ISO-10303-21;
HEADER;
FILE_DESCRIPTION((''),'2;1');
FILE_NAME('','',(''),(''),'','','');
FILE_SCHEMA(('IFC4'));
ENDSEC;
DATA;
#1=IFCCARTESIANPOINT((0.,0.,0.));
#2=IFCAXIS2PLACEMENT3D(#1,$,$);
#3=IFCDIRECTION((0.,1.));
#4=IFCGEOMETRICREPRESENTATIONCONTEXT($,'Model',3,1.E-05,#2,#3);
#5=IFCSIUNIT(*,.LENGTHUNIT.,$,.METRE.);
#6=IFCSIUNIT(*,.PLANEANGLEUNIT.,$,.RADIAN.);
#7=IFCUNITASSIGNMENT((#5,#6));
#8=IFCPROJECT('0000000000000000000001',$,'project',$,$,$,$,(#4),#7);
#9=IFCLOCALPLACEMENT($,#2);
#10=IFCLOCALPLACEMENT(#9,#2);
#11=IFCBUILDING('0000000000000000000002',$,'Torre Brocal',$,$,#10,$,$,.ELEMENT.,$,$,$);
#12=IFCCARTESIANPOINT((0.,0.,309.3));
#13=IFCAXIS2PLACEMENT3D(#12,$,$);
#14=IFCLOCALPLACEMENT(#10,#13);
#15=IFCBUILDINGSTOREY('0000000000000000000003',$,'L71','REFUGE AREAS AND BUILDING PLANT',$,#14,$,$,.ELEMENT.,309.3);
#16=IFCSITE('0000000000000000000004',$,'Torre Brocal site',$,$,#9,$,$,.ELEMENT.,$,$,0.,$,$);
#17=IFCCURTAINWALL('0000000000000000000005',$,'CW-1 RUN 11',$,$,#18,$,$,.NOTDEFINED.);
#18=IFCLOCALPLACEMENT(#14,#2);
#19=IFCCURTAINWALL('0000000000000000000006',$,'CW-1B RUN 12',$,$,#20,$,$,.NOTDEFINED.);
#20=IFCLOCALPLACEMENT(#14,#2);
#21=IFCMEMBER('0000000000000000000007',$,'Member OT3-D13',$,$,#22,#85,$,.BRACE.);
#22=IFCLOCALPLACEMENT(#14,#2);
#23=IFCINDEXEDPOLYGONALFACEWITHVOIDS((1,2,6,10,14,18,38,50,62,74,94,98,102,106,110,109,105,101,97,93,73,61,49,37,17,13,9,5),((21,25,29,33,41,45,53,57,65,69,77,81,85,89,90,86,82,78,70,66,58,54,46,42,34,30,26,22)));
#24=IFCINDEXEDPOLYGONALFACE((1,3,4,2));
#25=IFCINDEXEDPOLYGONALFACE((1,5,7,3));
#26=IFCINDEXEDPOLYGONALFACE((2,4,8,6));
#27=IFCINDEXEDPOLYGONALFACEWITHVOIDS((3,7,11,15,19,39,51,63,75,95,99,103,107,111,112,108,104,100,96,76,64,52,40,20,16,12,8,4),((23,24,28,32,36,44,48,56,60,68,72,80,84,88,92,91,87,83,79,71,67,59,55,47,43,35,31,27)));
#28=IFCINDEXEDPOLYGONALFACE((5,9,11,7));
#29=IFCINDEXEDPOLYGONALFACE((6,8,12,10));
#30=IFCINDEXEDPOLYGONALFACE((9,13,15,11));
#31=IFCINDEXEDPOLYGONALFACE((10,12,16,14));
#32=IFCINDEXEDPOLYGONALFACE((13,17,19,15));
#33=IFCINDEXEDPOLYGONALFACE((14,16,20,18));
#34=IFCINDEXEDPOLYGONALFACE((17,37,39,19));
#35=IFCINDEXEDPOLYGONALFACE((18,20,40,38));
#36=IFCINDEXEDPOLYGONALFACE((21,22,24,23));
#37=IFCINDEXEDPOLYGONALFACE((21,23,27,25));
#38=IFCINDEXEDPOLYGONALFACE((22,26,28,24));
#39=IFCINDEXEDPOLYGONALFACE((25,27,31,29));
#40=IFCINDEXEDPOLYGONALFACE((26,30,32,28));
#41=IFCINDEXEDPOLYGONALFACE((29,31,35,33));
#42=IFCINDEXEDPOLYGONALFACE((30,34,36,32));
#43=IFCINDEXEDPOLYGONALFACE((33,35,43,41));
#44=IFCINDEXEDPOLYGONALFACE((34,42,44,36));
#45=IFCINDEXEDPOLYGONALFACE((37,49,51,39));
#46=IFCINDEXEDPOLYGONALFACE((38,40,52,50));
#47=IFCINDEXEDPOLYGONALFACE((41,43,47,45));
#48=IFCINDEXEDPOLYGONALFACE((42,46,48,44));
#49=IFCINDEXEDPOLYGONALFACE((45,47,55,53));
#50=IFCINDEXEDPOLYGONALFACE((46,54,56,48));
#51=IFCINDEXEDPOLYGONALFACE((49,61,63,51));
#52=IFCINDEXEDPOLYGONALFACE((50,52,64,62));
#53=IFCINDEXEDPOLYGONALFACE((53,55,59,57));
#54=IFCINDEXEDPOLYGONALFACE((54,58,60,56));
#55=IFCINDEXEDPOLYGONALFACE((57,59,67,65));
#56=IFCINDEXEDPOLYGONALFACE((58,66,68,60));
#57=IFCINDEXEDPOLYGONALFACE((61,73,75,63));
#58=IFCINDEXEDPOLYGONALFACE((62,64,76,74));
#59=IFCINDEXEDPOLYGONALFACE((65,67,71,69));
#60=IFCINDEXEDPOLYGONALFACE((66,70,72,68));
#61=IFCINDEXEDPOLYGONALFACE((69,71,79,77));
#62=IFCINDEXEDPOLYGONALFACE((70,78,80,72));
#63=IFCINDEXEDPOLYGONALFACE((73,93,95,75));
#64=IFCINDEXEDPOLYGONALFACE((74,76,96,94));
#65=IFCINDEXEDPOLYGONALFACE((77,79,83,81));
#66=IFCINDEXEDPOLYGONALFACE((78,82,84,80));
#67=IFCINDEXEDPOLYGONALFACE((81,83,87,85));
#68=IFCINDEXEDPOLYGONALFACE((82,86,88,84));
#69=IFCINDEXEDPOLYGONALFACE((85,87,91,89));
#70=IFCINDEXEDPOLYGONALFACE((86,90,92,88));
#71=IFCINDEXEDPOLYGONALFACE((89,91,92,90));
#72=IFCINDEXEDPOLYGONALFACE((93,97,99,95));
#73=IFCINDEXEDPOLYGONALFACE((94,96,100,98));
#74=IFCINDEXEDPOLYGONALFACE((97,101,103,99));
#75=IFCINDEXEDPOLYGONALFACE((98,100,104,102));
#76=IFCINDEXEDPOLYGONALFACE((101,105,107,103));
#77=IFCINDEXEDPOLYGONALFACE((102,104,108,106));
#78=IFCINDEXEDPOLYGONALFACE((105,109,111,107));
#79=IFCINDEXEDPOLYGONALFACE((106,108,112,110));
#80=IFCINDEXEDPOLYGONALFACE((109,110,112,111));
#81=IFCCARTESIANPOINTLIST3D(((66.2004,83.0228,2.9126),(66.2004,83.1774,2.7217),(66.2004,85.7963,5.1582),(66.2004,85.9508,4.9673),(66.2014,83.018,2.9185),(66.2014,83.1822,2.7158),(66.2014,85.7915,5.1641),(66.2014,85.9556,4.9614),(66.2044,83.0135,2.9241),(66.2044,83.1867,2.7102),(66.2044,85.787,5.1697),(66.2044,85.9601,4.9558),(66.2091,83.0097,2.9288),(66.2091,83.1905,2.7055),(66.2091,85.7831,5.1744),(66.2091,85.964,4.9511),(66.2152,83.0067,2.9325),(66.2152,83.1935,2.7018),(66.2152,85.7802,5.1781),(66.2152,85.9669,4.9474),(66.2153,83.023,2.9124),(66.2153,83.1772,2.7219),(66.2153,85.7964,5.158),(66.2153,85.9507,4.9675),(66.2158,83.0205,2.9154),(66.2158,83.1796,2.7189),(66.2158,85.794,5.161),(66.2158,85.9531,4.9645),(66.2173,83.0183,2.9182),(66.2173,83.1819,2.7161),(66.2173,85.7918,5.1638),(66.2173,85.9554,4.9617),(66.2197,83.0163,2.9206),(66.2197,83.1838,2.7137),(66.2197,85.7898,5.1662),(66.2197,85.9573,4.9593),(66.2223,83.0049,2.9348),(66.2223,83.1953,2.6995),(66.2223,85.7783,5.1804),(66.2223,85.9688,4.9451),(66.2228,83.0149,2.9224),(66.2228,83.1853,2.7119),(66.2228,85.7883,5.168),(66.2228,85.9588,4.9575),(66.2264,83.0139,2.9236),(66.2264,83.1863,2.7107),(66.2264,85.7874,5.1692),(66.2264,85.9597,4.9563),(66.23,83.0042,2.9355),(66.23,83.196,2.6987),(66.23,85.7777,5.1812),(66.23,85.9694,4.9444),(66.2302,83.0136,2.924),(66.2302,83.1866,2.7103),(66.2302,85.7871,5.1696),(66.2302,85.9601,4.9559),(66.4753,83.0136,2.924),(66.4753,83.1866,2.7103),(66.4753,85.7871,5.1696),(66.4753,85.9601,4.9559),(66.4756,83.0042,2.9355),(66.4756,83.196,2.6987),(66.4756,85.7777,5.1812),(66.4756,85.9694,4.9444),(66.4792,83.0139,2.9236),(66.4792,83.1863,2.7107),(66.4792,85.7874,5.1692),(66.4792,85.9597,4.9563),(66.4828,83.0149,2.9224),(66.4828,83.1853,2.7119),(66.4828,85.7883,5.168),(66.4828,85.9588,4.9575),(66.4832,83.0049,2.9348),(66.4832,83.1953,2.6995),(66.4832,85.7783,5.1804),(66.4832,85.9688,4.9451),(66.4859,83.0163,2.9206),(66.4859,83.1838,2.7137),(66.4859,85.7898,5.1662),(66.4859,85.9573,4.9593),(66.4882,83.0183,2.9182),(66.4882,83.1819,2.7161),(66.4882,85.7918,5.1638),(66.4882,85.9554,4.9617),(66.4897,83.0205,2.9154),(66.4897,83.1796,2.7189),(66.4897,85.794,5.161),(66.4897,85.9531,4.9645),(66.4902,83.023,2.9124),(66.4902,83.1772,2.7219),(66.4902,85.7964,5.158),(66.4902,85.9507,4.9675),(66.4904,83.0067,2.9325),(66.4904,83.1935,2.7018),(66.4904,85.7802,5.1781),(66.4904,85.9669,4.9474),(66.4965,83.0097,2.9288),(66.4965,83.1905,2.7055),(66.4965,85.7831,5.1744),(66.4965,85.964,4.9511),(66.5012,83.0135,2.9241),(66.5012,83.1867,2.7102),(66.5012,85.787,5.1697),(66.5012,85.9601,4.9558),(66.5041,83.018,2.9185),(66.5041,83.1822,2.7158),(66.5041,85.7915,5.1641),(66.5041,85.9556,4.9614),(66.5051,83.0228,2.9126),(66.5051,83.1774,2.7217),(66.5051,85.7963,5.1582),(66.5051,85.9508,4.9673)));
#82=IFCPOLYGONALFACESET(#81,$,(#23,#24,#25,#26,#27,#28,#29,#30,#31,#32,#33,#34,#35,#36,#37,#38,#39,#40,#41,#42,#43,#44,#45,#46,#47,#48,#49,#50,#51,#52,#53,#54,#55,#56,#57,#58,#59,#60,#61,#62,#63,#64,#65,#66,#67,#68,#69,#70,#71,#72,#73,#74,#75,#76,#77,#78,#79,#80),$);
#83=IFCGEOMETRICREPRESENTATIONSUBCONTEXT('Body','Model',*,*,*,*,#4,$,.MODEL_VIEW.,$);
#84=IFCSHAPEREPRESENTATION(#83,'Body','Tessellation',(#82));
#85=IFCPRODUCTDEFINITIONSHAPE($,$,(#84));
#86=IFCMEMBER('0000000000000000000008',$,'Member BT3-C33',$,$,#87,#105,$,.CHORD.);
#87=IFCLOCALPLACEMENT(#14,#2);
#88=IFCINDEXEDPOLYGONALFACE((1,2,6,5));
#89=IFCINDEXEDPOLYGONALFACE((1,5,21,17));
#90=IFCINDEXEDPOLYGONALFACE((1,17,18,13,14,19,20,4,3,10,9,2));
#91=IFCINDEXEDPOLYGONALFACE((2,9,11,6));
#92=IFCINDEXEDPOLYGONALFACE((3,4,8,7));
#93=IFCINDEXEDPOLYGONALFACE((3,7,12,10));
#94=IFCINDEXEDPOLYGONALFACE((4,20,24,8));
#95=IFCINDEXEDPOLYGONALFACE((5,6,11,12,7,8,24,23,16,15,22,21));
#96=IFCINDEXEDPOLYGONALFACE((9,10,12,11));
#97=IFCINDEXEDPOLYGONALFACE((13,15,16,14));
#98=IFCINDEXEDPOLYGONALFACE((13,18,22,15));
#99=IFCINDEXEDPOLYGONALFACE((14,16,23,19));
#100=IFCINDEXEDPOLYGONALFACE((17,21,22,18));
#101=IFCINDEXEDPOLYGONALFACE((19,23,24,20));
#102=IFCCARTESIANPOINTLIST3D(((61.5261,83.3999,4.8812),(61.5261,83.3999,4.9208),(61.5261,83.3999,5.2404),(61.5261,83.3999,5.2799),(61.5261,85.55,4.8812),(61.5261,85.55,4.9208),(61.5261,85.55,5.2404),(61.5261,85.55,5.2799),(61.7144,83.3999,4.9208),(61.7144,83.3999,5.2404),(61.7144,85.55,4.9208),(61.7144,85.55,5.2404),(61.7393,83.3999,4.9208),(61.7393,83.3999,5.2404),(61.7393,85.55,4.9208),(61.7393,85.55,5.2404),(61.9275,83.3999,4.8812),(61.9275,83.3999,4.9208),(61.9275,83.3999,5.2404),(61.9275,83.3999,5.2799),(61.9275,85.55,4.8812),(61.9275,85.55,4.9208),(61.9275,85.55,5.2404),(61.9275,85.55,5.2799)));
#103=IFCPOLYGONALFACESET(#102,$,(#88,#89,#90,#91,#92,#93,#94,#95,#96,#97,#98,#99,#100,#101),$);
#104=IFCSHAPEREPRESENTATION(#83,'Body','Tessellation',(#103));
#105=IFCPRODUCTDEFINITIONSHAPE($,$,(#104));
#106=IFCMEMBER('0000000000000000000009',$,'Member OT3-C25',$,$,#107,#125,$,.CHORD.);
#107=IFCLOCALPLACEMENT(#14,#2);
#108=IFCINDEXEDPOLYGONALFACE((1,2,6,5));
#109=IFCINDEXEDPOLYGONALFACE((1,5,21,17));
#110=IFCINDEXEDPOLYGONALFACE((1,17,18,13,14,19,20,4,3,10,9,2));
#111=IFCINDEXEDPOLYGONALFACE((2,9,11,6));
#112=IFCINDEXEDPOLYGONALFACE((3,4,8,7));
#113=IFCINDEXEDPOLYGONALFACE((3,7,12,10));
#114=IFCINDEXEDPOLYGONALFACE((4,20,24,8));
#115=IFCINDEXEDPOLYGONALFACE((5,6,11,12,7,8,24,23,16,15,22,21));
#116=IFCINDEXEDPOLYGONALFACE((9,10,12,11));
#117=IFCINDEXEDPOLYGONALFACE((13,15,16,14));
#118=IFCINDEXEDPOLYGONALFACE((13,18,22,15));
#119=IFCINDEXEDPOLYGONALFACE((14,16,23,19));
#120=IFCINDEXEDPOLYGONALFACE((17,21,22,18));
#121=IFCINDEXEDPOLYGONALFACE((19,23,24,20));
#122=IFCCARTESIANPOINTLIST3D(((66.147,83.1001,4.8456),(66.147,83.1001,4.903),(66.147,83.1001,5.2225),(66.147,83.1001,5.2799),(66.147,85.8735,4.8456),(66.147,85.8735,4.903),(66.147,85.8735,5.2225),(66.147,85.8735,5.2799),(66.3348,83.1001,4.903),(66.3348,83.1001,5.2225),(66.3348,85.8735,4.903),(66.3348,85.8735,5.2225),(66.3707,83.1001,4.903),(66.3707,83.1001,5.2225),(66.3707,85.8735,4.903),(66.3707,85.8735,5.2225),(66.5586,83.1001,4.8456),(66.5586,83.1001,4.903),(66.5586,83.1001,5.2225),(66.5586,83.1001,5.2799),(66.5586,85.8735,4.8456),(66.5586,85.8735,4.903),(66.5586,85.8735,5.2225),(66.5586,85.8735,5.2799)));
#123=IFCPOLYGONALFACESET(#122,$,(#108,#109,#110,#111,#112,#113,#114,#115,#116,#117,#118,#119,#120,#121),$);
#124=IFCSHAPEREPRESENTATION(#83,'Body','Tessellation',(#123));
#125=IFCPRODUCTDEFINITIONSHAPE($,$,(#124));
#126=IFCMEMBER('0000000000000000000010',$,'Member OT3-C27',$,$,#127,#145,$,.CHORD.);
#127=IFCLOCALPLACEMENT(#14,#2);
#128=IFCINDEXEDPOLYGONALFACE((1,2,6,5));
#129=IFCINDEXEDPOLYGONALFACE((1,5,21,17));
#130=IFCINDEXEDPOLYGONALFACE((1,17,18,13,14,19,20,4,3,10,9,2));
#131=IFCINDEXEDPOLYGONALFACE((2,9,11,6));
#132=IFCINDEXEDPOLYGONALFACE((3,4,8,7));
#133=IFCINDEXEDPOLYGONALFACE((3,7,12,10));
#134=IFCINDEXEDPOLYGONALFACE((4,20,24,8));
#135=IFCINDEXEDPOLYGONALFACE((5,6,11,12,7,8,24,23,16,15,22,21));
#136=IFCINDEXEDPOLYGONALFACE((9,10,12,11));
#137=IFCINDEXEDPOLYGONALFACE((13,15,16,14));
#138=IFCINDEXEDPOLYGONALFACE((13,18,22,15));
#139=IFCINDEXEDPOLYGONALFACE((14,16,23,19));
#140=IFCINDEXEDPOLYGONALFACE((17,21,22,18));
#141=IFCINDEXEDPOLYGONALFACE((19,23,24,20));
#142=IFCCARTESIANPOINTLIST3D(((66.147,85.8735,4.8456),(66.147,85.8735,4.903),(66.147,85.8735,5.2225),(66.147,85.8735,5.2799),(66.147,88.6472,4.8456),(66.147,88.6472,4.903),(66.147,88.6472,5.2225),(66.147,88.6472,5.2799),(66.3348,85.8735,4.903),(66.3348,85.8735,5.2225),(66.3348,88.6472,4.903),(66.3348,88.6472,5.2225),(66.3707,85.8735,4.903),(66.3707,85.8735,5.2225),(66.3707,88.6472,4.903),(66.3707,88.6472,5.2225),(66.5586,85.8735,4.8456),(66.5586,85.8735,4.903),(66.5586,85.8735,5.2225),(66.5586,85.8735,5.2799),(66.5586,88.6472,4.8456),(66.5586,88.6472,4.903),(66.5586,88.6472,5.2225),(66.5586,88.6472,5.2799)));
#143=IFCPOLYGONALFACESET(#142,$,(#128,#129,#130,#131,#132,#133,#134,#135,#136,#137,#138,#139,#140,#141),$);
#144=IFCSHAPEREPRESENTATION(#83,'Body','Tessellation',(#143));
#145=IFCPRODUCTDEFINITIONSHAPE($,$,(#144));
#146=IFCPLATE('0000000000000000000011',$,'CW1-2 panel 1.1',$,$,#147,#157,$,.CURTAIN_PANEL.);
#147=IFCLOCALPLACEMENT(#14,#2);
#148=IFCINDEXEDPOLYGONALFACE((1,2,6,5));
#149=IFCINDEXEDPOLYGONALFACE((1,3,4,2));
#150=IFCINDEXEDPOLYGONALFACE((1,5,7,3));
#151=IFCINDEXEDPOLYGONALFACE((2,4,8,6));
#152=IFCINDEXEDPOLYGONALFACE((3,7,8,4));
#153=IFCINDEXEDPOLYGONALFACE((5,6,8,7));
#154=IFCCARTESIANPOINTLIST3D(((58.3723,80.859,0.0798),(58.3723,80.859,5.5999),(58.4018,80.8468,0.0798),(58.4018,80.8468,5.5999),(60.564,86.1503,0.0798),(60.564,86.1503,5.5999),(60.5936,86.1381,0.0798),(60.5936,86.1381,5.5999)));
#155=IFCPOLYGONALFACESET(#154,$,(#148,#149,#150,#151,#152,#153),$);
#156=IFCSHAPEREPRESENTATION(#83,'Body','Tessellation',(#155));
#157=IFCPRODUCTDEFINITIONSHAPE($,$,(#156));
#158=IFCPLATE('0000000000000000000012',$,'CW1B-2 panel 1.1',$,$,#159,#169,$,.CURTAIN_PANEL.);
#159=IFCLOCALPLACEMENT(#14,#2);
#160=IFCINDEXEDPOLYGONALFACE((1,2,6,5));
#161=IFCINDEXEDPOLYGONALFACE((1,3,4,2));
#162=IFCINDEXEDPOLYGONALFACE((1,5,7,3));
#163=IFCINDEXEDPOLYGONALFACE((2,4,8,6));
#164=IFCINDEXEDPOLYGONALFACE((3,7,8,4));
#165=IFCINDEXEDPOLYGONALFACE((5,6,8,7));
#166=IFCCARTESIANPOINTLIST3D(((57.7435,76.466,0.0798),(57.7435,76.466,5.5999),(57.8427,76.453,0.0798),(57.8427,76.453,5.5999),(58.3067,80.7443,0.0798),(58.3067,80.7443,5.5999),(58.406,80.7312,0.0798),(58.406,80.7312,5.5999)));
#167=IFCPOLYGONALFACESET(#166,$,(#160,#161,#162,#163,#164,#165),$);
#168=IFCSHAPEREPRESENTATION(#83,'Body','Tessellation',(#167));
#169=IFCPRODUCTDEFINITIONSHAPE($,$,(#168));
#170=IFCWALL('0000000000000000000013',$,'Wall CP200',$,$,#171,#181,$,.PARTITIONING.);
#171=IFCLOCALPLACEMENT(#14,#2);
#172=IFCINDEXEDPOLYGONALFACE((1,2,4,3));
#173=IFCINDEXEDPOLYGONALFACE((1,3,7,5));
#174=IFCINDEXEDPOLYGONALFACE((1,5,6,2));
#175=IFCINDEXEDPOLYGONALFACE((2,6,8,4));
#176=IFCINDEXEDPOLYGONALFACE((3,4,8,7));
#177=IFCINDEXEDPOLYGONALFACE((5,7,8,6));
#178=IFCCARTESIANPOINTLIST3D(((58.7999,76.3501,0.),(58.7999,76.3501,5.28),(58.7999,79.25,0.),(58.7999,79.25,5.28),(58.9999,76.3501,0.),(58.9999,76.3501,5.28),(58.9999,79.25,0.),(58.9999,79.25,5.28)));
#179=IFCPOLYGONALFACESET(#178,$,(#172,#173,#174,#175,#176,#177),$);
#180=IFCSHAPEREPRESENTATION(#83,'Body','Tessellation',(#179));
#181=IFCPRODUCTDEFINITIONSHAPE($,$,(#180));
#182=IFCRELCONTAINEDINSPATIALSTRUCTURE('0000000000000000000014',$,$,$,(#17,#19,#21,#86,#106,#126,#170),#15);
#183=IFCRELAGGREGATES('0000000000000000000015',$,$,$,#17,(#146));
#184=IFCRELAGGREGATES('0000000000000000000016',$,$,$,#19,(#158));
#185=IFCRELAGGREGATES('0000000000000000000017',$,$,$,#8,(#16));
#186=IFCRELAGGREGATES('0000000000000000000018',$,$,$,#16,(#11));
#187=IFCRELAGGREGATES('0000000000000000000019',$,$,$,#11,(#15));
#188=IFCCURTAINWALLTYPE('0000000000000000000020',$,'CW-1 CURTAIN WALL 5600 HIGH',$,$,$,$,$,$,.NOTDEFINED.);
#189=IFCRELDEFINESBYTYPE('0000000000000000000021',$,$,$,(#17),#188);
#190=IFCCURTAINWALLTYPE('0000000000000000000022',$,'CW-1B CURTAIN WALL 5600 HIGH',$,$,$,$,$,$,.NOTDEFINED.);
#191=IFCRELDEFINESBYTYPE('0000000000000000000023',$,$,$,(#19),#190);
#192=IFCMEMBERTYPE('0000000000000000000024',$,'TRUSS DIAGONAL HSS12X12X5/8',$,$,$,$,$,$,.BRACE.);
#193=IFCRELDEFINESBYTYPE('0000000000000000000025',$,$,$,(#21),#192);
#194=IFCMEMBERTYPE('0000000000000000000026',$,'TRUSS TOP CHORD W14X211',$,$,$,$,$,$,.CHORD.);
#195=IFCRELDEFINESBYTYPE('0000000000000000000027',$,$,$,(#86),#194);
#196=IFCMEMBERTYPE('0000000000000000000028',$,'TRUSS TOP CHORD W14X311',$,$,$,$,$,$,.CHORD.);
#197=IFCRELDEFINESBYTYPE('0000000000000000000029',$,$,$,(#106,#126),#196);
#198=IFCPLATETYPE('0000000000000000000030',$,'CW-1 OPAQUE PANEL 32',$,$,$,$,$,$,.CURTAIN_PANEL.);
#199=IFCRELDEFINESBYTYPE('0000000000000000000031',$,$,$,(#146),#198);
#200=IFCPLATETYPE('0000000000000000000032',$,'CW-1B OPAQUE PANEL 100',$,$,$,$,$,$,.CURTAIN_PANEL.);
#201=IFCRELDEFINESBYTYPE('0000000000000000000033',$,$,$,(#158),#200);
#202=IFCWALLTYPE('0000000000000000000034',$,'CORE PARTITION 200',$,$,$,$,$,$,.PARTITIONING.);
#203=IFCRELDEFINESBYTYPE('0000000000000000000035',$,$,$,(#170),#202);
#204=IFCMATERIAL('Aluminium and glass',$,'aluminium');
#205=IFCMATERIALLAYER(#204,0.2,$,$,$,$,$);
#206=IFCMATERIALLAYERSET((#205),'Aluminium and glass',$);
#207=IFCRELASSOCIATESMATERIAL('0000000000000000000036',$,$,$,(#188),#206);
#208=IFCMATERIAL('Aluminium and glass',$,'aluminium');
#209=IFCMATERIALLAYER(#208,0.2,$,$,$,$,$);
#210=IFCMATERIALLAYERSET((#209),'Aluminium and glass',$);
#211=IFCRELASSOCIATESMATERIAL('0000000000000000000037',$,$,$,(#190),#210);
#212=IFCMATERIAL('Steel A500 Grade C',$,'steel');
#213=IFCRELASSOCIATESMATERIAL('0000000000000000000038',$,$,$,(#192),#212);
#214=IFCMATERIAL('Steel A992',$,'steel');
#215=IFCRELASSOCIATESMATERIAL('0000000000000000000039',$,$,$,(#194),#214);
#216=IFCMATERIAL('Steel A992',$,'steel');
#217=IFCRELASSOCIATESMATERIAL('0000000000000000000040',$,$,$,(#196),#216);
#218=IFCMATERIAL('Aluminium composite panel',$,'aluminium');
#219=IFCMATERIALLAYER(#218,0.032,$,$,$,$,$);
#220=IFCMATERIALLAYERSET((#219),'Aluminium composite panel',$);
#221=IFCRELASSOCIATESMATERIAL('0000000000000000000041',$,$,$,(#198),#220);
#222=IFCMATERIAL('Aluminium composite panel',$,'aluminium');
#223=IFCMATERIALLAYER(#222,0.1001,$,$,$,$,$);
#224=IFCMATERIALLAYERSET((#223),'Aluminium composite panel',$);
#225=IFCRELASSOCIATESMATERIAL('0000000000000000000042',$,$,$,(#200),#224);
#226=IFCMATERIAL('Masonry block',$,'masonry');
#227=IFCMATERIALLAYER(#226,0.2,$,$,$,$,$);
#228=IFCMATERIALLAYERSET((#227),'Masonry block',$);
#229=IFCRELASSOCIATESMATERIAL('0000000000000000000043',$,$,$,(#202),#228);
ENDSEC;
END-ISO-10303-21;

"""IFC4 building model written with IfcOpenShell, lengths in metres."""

from ifc_helpers import new_model, si_unit, direction, frame, frame_2d, origin, origin_2d, place, context, subcontext, project, spatial, rectangle, hollow_rectangle, i_section, extrude, material, layer, layer_set, material_profile, profile_set, type_object, element, aggregate, save


model = new_model("IFC4")

# Units and contexts
model_context = context("Model", 3, precision=1e-05, world=origin(), true_north=direction((0.0, 1.0)))
body_context = subcontext(model_context, "Body", "Model", "MODEL_VIEW")
ifc_project = project(units=[si_unit("LENGTHUNIT", "METRE"), si_unit("PLANEANGLEUNIT", "RADIAN")], contexts=[model_context])

# Site, building, storey
site_placement = place(None, origin())
site = spatial("IfcSite", under=ifc_project, at=site_placement, Name="Torre Brocal site", CompositionType="ELEMENT", RefElevation=0.0)
building_placement = place(site_placement, origin())
building = spatial("IfcBuilding", under=site, at=building_placement, Name="Torre Brocal", CompositionType="ELEMENT")
storey_placement = place(building_placement, frame((0.0, 0.0, 309.3)))
storey = spatial("IfcBuildingStorey", under=building, at=storey_placement, Name="L71", Description="REFUGE AREAS AND BUILDING PLANT", CompositionType="ELEMENT", Elevation=309.3)

# Curtain walls
ifc_material_1 = material(Name="Aluminium and glass", Category="aluminium")
ifc_layer_1 = layer(ifc_material_1, 0.2)
ifc_layer_set_1 = layer_set([ifc_layer_1], Name="Aluminium and glass")
curtain_wall_type_1 = type_object("IfcCurtainWallType", Name="CW-1 CURTAIN WALL 5600 HIGH", PredefinedType="NOTDEFINED", material=ifc_layer_set_1)
curtain_wall_1_placement = place(storey_placement, origin())
curtain_wall_1 = element("IfcCurtainWall", 1, at=curtain_wall_1_placement, inside=storey, type_object=curtain_wall_type_1, Name="CW-1 RUN 11", PredefinedType="NOTDEFINED")
ifc_material_2 = material(Name="Aluminium and glass", Category="aluminium")
ifc_layer_2 = layer(ifc_material_2, 0.2)
ifc_layer_set_2 = layer_set([ifc_layer_2], Name="Aluminium and glass")
curtain_wall_type_2 = type_object("IfcCurtainWallType", Name="CW-1B CURTAIN WALL 5600 HIGH", PredefinedType="NOTDEFINED", material=ifc_layer_set_2)
curtain_wall_2_placement = place(storey_placement, origin())
curtain_wall_2 = element("IfcCurtainWall", 2, at=curtain_wall_2_placement, inside=storey, type_object=curtain_wall_type_2, Name="CW-1B RUN 12", PredefinedType="NOTDEFINED")

# Members
ifc_material_3 = material(Name="Steel A500 Grade C", Category="steel")
ifc_material_profile_1 = material_profile(ifc_material_3, hollow_rectangle(XDim=0.3047, YDim=0.3047, WallThickness=0.0149, InnerFilletRadius=0.0149, OuterFilletRadius=0.0295, at=origin_2d()), Name="HSS12X12X5/8")
ifc_profile_set_1 = profile_set([ifc_material_profile_1], Name="Steel A500 Grade C")
member_type_1 = type_object("IfcMemberType", Name="TRUSS DIAGONAL HSS12X12X5/8", PredefinedType="BRACE", material=ifc_profile_set_1)
member_1_placement = place(storey_placement, frame((66.3528, 83.1001, 2.8171), z_axis=(0.0, 0.777184, 0.629273), x_axis=(-1.0, 0.0, 0.0)))
element("IfcMember", 3, at=member_1_placement, inside=storey, type_object=member_type_1, Name="Member OT3-D13", PredefinedType="BRACE", context=body_context, shape_type="SweptSolid", body=[
    extrude(hollow_rectangle(XDim=0.3047, YDim=0.3047, WallThickness=0.0149, InnerFilletRadius=0.0149, OuterFilletRadius=0.0295, at=origin_2d()), origin(), (0.0, 0.0, 1.0), 3.5686),
])
ifc_material_4 = material(Name="Steel A992", Category="steel")
ifc_material_profile_2 = material_profile(ifc_material_4, i_section(OverallWidth=0.4014, OverallDepth=0.3987, WebThickness=0.0249, FlangeThickness=0.0396, at=origin_2d()), Name="W14X211")
ifc_profile_set_2 = profile_set([ifc_material_profile_2], Name="Steel A992")
member_type_2 = type_object("IfcMemberType", Name="TRUSS TOP CHORD W14X211", PredefinedType="CHORD", material=ifc_profile_set_2)
member_2_placement = place(storey_placement, frame((61.7268, 85.55, 5.0806), z_axis=(0.0, -1.0, 0.0), x_axis=(1.0, 0.0, 0.0)))
element("IfcMember", 4, at=member_2_placement, inside=storey, type_object=member_type_2, Name="Member BT3-C33", PredefinedType="CHORD", context=body_context, shape_type="SweptSolid", body=[
    extrude(i_section(OverallWidth=0.4014, OverallDepth=0.3987, WebThickness=0.0249, FlangeThickness=0.0396, at=origin_2d()), origin(), (0.0, 0.0, 1.0), 2.1501),
])
ifc_material_5 = material(Name="Steel A992", Category="steel")
ifc_material_profile_3 = material_profile(ifc_material_5, i_section(OverallWidth=0.4116, OverallDepth=0.4343, WebThickness=0.0359, FlangeThickness=0.0574, at=origin_2d()), Name="W14X311")
ifc_profile_set_3 = profile_set([ifc_material_profile_3], Name="Steel A992")
member_type_3 = type_object("IfcMemberType", Name="TRUSS TOP CHORD W14X311", PredefinedType="CHORD", material=ifc_profile_set_3)
member_3_placement = place(storey_placement, frame((66.3528, 83.1001, 5.0627), z_axis=(0.0, 1.0, 0.0), x_axis=(-1.0, 0.0, 0.0)))
element("IfcMember", 5, at=member_3_placement, inside=storey, type_object=member_type_3, Name="Member OT3-C25", PredefinedType="CHORD", context=body_context, shape_type="SweptSolid", body=[
    extrude(i_section(OverallWidth=0.4116, OverallDepth=0.4343, WebThickness=0.0359, FlangeThickness=0.0574, at=origin_2d()), origin(), (0.0, 0.0, 1.0), 2.7734),
])
member_4_placement = place(storey_placement, frame((66.3528, 85.8735, 5.0627), z_axis=(0.0, 1.0, 0.0), x_axis=(-1.0, 0.0, 0.0)))
element("IfcMember", 6, at=member_4_placement, inside=storey, type_object=member_type_3, Name="Member OT3-C27", PredefinedType="CHORD", context=body_context, shape_type="SweptSolid", body=[
    extrude(i_section(OverallWidth=0.4116, OverallDepth=0.4343, WebThickness=0.0359, FlangeThickness=0.0574, at=origin_2d()), origin(), (0.0, 0.0, 1.0), 2.7737),
])

# Plates
ifc_material_6 = material(Name="Aluminium composite panel", Category="aluminium")
ifc_layer_3 = layer(ifc_material_6, 0.032)
ifc_layer_set_3 = layer_set([ifc_layer_3], Name="Aluminium composite panel")
plate_type_1 = type_object("IfcPlateType", Name="CW-1 OPAQUE PANEL 32", PredefinedType="CURTAIN_PANEL", material=ifc_layer_set_3)
plate_1_placement = place(storey_placement, frame((59.4829, 83.4985, 0.0798), z_axis=(0.0, 0.0, 1.0), x_axis=(-0.382683, -0.92388, 0.0)))
plate_1 = element("IfcPlate", 7, at=plate_1_placement, type_object=plate_type_1, Name="CW1-2 panel 1.1", PredefinedType="CURTAIN_PANEL", context=body_context, shape_type="SweptSolid", body=[
    extrude(rectangle(XDim=5.7273, YDim=0.032, at=origin_2d()), origin(), (0.0, 0.0, 1.0), 5.52),
])
aggregate(curtain_wall_1, [plate_1])
ifc_material_7 = material(Name="Aluminium composite panel", Category="aluminium")
ifc_layer_4 = layer(ifc_material_7, 0.1001)
ifc_layer_set_4 = layer_set([ifc_layer_4], Name="Aluminium composite panel")
plate_type_2 = type_object("IfcPlateType", Name="CW-1B OPAQUE PANEL 100", PredefinedType="CURTAIN_PANEL", material=ifc_layer_set_4)
plate_2_placement = place(storey_placement, frame((58.0747, 78.5986, 0.0798), z_axis=(0.0, 0.0, 1.0), x_axis=(-0.130526, -0.991445, 0.0)))
plate_2 = element("IfcPlate", 8, at=plate_2_placement, type_object=plate_type_2, Name="CW1B-2 panel 1.1", PredefinedType="CURTAIN_PANEL", context=body_context, shape_type="SweptSolid", body=[
    extrude(rectangle(XDim=4.3152, YDim=0.1001, at=origin_2d()), origin(), (0.0, 0.0, 1.0), 5.52),
])
aggregate(curtain_wall_2, [plate_2])

# Wall
ifc_material_8 = material(Name="Masonry block", Category="masonry")
ifc_layer_5 = layer(ifc_material_8, 0.2)
ifc_layer_set_5 = layer_set([ifc_layer_5], Name="Masonry block")
wall_type_1 = type_object("IfcWallType", Name="CORE PARTITION 200", PredefinedType="PARTITIONING", material=ifc_layer_set_5)
wall_1_placement = place(storey_placement, frame((58.8999, 79.25, 0.0), z_axis=(0.0, 0.0, 1.0), x_axis=(0.0, -1.0, 0.0)))
element("IfcWall", 9, at=wall_1_placement, inside=storey, type_object=wall_type_1, Name="Wall CP200", PredefinedType="PARTITIONING", context=body_context, shape_type="SweptSolid", body=[
    extrude(rectangle(XDim=2.8999, YDim=0.2, at=frame_2d((1.45, 0.0))), origin(), (0.0, 0.0, 1.0), 5.28),
])

save(model, "model.ifc")
